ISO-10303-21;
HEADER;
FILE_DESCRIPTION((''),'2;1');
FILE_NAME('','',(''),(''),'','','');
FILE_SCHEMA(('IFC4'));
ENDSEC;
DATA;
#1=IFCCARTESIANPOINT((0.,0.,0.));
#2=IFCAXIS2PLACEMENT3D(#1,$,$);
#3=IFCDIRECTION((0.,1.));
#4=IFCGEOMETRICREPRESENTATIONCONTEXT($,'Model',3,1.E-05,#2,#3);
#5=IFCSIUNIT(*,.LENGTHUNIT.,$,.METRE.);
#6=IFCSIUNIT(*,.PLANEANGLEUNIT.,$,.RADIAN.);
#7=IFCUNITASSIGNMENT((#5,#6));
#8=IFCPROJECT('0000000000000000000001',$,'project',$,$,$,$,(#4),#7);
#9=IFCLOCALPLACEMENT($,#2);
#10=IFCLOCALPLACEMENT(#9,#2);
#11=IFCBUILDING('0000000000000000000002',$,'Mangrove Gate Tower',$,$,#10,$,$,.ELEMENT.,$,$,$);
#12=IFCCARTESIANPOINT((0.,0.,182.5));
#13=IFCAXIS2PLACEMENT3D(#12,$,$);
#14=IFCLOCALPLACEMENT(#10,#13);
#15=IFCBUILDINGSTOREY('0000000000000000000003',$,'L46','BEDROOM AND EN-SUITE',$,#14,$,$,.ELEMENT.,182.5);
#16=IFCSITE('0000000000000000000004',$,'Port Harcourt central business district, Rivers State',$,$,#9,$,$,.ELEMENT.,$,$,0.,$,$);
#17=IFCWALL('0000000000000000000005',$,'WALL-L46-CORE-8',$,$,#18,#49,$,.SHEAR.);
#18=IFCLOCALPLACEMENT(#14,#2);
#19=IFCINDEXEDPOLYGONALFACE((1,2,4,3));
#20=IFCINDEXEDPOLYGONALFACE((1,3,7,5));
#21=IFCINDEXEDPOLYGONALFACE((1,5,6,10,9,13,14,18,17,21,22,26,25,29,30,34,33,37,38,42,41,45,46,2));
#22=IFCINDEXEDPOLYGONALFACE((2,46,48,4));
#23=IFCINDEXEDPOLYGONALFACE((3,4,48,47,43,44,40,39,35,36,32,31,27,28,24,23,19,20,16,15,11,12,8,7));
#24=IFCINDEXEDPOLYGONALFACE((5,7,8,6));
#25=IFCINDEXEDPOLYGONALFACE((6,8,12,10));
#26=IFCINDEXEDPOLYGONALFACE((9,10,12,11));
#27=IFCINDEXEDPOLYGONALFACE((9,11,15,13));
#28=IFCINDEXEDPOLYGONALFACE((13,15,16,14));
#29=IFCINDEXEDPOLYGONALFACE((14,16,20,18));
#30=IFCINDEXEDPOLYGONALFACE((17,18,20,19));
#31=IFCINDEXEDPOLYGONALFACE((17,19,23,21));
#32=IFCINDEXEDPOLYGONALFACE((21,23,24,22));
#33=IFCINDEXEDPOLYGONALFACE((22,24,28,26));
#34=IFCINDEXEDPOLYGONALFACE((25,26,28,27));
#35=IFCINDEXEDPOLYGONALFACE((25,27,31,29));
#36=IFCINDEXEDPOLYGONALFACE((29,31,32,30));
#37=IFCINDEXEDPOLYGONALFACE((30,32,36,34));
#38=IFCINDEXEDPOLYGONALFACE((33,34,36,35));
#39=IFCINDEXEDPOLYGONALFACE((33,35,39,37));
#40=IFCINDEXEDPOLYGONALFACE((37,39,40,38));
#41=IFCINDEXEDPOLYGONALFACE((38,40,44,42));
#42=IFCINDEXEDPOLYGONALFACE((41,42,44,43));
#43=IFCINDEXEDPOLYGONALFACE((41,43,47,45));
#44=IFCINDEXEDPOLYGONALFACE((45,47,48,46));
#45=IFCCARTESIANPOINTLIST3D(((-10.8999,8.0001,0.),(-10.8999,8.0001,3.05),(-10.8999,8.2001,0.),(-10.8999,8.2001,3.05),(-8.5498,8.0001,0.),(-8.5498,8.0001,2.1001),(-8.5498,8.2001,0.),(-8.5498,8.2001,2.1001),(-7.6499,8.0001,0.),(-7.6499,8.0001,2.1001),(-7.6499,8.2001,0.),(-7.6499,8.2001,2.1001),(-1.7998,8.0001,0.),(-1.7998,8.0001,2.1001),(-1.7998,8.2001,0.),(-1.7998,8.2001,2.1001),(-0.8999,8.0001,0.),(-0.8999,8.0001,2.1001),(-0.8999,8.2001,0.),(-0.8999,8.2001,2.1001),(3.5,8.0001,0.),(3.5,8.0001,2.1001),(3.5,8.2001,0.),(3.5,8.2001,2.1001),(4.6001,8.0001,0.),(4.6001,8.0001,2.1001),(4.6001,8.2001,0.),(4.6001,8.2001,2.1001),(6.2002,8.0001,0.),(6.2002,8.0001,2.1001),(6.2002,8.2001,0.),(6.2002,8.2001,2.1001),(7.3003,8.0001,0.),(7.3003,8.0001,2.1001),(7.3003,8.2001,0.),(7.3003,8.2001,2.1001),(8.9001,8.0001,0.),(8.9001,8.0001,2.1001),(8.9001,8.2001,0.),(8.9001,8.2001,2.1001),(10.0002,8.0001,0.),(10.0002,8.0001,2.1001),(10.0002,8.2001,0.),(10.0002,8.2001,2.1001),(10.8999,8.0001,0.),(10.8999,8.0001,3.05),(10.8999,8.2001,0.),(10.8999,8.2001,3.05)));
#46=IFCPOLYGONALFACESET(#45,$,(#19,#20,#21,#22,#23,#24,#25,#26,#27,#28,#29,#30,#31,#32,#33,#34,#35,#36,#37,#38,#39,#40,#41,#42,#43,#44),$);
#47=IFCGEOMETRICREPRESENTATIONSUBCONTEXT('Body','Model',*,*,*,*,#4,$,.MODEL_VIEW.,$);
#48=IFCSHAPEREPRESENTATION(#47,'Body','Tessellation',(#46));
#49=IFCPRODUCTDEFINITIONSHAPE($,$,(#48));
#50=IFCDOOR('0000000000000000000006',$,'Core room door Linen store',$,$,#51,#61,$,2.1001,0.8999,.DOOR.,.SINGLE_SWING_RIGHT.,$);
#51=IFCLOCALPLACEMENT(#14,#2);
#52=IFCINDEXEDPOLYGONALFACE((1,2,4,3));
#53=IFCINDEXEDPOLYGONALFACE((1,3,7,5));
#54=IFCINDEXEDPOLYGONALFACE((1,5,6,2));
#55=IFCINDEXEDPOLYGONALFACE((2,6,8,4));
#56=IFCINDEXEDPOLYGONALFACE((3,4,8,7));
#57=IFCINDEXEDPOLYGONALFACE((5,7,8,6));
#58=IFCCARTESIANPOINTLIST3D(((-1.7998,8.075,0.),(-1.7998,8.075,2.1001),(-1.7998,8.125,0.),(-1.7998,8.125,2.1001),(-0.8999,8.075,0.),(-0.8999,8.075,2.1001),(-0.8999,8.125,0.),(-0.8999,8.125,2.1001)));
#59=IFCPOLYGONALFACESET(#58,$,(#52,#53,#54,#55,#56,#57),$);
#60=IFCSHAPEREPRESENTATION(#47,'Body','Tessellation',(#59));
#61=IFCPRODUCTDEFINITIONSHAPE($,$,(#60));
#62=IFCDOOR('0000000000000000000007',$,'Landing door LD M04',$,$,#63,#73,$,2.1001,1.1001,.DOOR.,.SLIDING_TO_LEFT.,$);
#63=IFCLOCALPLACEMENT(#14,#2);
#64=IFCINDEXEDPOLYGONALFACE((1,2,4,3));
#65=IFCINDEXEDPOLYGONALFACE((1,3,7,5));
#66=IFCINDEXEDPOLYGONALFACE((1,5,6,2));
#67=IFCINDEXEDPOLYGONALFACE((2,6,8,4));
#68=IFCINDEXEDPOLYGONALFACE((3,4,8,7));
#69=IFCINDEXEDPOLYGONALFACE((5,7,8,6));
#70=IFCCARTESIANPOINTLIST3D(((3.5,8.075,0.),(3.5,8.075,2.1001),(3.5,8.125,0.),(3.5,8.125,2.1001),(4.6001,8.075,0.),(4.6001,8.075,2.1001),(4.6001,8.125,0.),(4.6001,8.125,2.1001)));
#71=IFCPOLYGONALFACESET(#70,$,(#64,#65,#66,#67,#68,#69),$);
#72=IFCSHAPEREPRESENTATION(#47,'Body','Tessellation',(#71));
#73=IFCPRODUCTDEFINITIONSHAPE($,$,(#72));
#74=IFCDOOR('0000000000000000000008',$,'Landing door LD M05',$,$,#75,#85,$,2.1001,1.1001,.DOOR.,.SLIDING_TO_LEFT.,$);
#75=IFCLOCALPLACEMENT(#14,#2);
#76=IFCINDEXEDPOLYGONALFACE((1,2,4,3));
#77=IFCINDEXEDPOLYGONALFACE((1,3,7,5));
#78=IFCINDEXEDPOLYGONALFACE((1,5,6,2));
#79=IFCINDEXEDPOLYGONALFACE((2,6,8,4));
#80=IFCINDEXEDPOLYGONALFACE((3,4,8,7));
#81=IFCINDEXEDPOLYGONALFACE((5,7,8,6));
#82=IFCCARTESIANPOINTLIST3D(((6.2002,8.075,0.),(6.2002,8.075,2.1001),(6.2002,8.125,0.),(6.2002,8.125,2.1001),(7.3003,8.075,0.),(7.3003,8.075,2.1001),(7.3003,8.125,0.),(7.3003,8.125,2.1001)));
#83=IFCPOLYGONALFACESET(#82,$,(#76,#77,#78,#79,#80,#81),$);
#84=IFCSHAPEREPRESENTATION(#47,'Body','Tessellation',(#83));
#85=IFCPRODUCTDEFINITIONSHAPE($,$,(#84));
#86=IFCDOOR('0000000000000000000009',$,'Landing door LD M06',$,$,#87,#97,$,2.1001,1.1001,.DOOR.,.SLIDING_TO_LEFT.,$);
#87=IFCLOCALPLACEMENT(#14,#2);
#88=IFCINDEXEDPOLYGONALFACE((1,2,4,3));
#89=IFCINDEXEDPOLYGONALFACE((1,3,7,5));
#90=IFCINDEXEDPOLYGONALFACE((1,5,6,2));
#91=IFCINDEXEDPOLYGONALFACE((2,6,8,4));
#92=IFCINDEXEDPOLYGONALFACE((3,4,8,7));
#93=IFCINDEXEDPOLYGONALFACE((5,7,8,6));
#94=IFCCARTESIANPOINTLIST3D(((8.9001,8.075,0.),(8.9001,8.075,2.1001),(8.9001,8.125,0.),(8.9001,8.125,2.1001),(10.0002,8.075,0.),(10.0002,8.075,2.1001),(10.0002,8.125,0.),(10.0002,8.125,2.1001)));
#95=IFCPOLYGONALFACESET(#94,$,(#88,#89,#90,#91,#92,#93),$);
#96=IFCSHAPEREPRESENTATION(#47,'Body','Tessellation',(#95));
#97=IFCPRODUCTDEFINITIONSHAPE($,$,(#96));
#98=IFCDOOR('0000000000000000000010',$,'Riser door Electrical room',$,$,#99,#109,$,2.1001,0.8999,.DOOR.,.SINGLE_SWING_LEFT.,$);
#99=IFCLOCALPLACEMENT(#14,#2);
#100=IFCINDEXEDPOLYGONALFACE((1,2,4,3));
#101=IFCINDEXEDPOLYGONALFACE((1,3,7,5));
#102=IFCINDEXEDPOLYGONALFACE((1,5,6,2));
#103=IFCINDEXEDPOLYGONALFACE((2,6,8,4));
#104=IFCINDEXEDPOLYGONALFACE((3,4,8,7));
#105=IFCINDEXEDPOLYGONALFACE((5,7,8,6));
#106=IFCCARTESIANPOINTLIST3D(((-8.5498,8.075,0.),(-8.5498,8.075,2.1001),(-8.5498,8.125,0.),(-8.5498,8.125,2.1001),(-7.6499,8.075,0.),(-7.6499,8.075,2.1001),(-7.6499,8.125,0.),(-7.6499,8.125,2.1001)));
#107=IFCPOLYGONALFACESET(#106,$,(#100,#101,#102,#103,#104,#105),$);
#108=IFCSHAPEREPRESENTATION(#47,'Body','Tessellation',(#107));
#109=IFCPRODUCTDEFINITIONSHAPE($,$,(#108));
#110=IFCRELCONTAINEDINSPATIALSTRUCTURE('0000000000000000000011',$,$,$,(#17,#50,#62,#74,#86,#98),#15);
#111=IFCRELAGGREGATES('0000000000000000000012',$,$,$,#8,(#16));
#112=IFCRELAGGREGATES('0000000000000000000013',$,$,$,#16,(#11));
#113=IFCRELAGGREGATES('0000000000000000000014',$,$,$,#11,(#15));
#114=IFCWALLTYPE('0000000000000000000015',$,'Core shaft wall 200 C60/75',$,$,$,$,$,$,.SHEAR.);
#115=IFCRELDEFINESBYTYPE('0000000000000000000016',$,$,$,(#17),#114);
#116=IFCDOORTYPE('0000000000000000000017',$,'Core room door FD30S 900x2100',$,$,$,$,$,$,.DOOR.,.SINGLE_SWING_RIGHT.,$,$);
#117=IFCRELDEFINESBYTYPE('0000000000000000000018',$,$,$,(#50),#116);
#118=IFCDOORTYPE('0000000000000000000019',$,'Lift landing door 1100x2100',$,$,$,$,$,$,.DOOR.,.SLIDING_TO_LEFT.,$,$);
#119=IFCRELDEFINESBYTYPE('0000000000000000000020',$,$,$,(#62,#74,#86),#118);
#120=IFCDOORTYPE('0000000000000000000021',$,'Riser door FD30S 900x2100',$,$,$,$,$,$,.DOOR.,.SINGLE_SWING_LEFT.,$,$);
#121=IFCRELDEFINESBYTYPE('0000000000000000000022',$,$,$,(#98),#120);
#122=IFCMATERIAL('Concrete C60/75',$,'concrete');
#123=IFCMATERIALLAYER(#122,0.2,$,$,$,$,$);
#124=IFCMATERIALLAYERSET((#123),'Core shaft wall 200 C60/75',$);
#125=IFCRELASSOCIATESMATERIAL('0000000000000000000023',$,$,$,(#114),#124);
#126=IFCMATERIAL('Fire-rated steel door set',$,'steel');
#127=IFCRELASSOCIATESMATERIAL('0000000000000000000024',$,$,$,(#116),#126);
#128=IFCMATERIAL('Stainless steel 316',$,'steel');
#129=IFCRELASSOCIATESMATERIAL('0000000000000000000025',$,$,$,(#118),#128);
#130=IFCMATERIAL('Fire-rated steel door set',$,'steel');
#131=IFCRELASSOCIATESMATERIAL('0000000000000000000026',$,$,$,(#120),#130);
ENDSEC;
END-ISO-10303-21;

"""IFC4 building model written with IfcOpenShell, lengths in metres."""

from ifc_helpers import new_model, si_unit, direction, frame, frame_2d, origin, place, context, subcontext, project, spatial, rectangle, extrude, material, layer, layer_set, type_object, element, fill, save


model = new_model("IFC4")

# Units and contexts
model_context = context("Model", 3, precision=1e-05, world=origin(), true_north=direction((0.0, 1.0)))
body_context = subcontext(model_context, "Body", "Model", "MODEL_VIEW")
ifc_project = project(units=[si_unit("LENGTHUNIT", "METRE"), si_unit("PLANEANGLEUNIT", "RADIAN")], contexts=[model_context])

# Site, building, storey
site_placement = place(None, origin())
site = spatial("IfcSite", under=ifc_project, at=site_placement, Name="Port Harcourt central business district, Rivers State", CompositionType="ELEMENT", RefElevation=0.0)
building_placement = place(site_placement, origin())
building = spatial("IfcBuilding", under=site, at=building_placement, Name="Mangrove Gate Tower", CompositionType="ELEMENT")
storey_placement = place(building_placement, frame((0.0, 0.0, 182.5)))
storey = spatial("IfcBuildingStorey", under=building, at=storey_placement, Name="L46", Description="BEDROOM AND EN-SUITE", CompositionType="ELEMENT", Elevation=182.5)

# Shared definitions
ifc_material_1 = material(Name="Concrete C60/75", Category="concrete")
ifc_layer_1 = layer(ifc_material_1, 0.2)
ifc_layer_set_1 = layer_set([ifc_layer_1], Name="Core shaft wall 200 C60/75")
wall_type_1 = type_object("IfcWallType", Name="Core shaft wall 200 C60/75", PredefinedType="SHEAR", material=ifc_layer_set_1)

# Wall, openings, doors
ifc_material_2 = material(Name="Fire-rated steel door set", Category="steel")
door_type_1 = type_object("IfcDoorType", Name="Core room door FD30S 900x2100", OperationType="SINGLE_SWING_RIGHT", PredefinedType="DOOR", material=ifc_material_2)
ifc_material_3 = material(Name="Stainless steel 316", Category="steel")
door_type_2 = type_object("IfcDoorType", Name="Lift landing door 1100x2100", OperationType="SLIDING_TO_LEFT", PredefinedType="DOOR", material=ifc_material_3)
wall_1_placement = place(storey_placement, frame((-10.8999, 8.1001, 0.0), z_axis=(0.0, 0.0, 1.0), x_axis=(1.0, 0.0, 0.0)))
wall_1 = element("IfcWall", 1, at=wall_1_placement, inside=storey, type_object=wall_type_1, Name="WALL-L46-CORE-8", PredefinedType="SHEAR", context=body_context, shape_type="SweptSolid", body=[
    extrude(rectangle(XDim=21.7998, YDim=0.2, at=frame_2d((10.8999, 0.0))), origin(), (0.0, 0.0, 1.0), 3.05),
])
opening_1_placement = place(wall_1_placement, frame((14.3999, 0.0, 0.0)))
opening_1 = element("IfcOpeningElement", 2, at=opening_1_placement, cuts=wall_1, PredefinedType="OPENING", context=body_context, shape_type="SweptSolid", body=[
    extrude(rectangle(XDim=1.1001, YDim=2.1001, at=frame_2d((0.55, 1.05))), frame((0.0, 0.1099, 0.0), z_axis=(0.0, -1.0, 0.0), x_axis=(1.0, 0.0, 0.0)), (0.0, 0.0, 1.0), 0.22),
])
opening_2_placement = place(wall_1_placement, frame((17.1001, 0.0, 0.0)))
opening_2 = element("IfcOpeningElement", 3, at=opening_2_placement, cuts=wall_1, PredefinedType="OPENING", context=body_context, shape_type="SweptSolid", body=[
    extrude(rectangle(XDim=1.1001, YDim=2.1001, at=frame_2d((0.55, 1.05))), frame((0.0, 0.1099, 0.0), z_axis=(0.0, -1.0, 0.0), x_axis=(1.0, 0.0, 0.0)), (0.0, 0.0, 1.0), 0.22),
])
opening_3_placement = place(wall_1_placement, frame((19.8, 0.0, 0.0)))
opening_3 = element("IfcOpeningElement", 4, at=opening_3_placement, cuts=wall_1, PredefinedType="OPENING", context=body_context, shape_type="SweptSolid", body=[
    extrude(rectangle(XDim=1.1001, YDim=2.1001, at=frame_2d((0.55, 1.05))), frame((0.0, 0.1099, 0.0), z_axis=(0.0, -1.0, 0.0), x_axis=(1.0, 0.0, 0.0)), (0.0, 0.0, 1.0), 0.22),
])
opening_4_placement = place(wall_1_placement, frame((2.3501, 0.0, 0.0)))
opening_4 = element("IfcOpeningElement", 5, at=opening_4_placement, cuts=wall_1, PredefinedType="OPENING", context=body_context, shape_type="SweptSolid", body=[
    extrude(rectangle(XDim=0.8999, YDim=2.1001, at=frame_2d((0.45, 1.05))), frame((0.0, 0.1099, 0.0), z_axis=(0.0, -1.0, 0.0), x_axis=(1.0, 0.0, 0.0)), (0.0, 0.0, 1.0), 0.22),
])
opening_5_placement = place(wall_1_placement, frame((9.1001, 0.0, 0.0)))
opening_5 = element("IfcOpeningElement", 6, at=opening_5_placement, cuts=wall_1, PredefinedType="OPENING", context=body_context, shape_type="SweptSolid", body=[
    extrude(rectangle(XDim=0.8999, YDim=2.1001, at=frame_2d((0.45, 1.05))), frame((0.0, 0.1099, 0.0), z_axis=(0.0, -1.0, 0.0), x_axis=(1.0, 0.0, 0.0)), (0.0, 0.0, 1.0), 0.22),
])
door_1_placement = place(opening_5_placement, origin())
door_1 = element("IfcDoor", 7, at=door_1_placement, inside=storey, type_object=door_type_1, Name="Core room door Linen store", OperationType="SINGLE_SWING_RIGHT", OverallHeight=2.1001, OverallWidth=0.8999, PredefinedType="DOOR", context=body_context, shape_type="SweptSolid", body=[
    extrude(rectangle(XDim=0.8999, YDim=2.1001, at=frame_2d((0.45, 1.05))), frame((0.0, 0.0249, 0.0), z_axis=(0.0, -1.0, 0.0), x_axis=(1.0, 0.0, 0.0)), (0.0, 0.0, 1.0), 0.05),
])
fill(opening_5, door_1)
door_2_placement = place(opening_1_placement, origin())
door_2 = element("IfcDoor", 8, at=door_2_placement, inside=storey, type_object=door_type_2, Name="Landing door LD M04", OperationType="SLIDING_TO_LEFT", OverallHeight=2.1001, OverallWidth=1.1001, PredefinedType="DOOR", context=body_context, shape_type="SweptSolid", body=[
    extrude(rectangle(XDim=1.1001, YDim=2.1001, at=frame_2d((0.55, 1.05))), frame((0.0, 0.0249, 0.0), z_axis=(0.0, -1.0, 0.0), x_axis=(1.0, 0.0, 0.0)), (0.0, 0.0, 1.0), 0.05),
])
fill(opening_1, door_2)
door_3_placement = place(opening_2_placement, origin())
door_3 = element("IfcDoor", 9, at=door_3_placement, inside=storey, type_object=door_type_2, Name="Landing door LD M05", OperationType="SLIDING_TO_LEFT", OverallHeight=2.1001, OverallWidth=1.1001, PredefinedType="DOOR", context=body_context, shape_type="SweptSolid", body=[
    extrude(rectangle(XDim=1.1001, YDim=2.1001, at=frame_2d((0.55, 1.05))), frame((0.0, 0.0249, 0.0), z_axis=(0.0, -1.0, 0.0), x_axis=(1.0, 0.0, 0.0)), (0.0, 0.0, 1.0), 0.05),
])
fill(opening_2, door_3)
door_4_placement = place(opening_3_placement, origin())
door_4 = element("IfcDoor", 10, at=door_4_placement, inside=storey, type_object=door_type_2, Name="Landing door LD M06", OperationType="SLIDING_TO_LEFT", OverallHeight=2.1001, OverallWidth=1.1001, PredefinedType="DOOR", context=body_context, shape_type="SweptSolid", body=[
    extrude(rectangle(XDim=1.1001, YDim=2.1001, at=frame_2d((0.55, 1.05))), frame((0.0, 0.0249, 0.0), z_axis=(0.0, -1.0, 0.0), x_axis=(1.0, 0.0, 0.0)), (0.0, 0.0, 1.0), 0.05),
])
fill(opening_3, door_4)
ifc_material_4 = material(Name="Fire-rated steel door set", Category="steel")
door_type_3 = type_object("IfcDoorType", Name="Riser door FD30S 900x2100", OperationType="SINGLE_SWING_LEFT", PredefinedType="DOOR", material=ifc_material_4)
door_5_placement = place(opening_4_placement, origin())
door_5 = element("IfcDoor", 11, at=door_5_placement, inside=storey, type_object=door_type_3, Name="Riser door Electrical room", OperationType="SINGLE_SWING_LEFT", OverallHeight=2.1001, OverallWidth=0.8999, PredefinedType="DOOR", context=body_context, shape_type="SweptSolid", body=[
    extrude(rectangle(XDim=0.8999, YDim=2.1001, at=frame_2d((0.45, 1.05))), frame((0.0, 0.0249, 0.0), z_axis=(0.0, -1.0, 0.0), x_axis=(1.0, 0.0, 0.0)), (0.0, 0.0, 1.0), 0.05),
])
fill(opening_4, door_5)

save(model, "model.ifc")
